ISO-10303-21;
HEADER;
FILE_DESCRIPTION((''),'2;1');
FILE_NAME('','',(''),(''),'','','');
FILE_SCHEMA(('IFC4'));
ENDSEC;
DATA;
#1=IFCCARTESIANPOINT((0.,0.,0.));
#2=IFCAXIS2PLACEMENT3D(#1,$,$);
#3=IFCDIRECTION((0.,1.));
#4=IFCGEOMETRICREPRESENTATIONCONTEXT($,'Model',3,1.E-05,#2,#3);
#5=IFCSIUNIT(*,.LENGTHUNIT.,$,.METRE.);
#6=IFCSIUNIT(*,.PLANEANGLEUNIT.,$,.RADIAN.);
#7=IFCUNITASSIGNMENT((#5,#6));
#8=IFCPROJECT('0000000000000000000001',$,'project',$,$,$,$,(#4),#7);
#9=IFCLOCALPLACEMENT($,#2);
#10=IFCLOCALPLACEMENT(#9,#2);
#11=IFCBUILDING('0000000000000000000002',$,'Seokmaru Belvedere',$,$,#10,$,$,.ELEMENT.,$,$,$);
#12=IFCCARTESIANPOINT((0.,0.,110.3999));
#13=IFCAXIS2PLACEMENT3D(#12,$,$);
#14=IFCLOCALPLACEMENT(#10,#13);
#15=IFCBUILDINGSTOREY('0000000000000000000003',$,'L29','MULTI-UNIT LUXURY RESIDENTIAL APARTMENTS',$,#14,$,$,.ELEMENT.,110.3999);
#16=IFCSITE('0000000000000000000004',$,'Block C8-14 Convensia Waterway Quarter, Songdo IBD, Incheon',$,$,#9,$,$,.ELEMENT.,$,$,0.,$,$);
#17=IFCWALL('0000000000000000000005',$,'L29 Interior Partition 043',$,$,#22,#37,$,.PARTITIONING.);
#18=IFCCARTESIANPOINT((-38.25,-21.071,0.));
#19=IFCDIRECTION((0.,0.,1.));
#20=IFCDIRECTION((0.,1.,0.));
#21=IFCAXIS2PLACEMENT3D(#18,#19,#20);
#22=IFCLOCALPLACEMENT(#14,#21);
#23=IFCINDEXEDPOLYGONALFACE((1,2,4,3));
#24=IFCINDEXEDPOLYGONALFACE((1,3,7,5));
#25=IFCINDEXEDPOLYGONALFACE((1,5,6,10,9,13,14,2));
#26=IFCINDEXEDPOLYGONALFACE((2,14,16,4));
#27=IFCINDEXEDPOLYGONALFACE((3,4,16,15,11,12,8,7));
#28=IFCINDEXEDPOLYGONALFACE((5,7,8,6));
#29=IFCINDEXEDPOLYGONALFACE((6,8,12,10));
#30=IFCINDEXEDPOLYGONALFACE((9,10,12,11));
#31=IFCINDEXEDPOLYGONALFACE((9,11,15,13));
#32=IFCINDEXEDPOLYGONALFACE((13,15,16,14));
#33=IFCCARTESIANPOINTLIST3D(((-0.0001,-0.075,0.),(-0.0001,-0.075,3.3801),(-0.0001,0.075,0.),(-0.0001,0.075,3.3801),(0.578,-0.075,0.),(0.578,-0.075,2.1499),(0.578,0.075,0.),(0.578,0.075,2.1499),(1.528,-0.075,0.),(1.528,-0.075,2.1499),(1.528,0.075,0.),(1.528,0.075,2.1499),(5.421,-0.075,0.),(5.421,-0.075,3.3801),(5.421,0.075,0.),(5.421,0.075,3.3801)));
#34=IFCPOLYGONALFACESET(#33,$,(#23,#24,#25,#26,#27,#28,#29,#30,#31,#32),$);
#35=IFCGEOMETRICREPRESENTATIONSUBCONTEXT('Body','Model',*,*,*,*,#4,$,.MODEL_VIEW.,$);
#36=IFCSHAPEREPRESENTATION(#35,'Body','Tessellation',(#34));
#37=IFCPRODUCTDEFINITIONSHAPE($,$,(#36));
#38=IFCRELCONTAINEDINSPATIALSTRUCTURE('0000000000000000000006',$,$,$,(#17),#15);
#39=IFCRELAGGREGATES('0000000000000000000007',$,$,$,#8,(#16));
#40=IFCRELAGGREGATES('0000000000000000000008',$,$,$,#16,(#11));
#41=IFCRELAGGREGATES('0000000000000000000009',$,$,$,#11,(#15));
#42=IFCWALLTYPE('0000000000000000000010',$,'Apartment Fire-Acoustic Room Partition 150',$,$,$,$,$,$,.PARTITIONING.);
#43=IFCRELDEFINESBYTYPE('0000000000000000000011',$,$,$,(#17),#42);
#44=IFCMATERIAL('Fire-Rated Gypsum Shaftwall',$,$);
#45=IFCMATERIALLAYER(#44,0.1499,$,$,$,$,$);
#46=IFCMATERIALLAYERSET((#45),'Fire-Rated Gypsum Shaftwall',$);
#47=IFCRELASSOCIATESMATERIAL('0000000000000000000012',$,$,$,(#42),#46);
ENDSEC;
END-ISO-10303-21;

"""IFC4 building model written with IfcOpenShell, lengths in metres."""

from ifc_helpers import new_model, si_unit, direction, frame, frame_2d, origin, place, context, subcontext, project, spatial, rectangle, extrude, material, layer, layer_set, type_object, element, save


model = new_model("IFC4")

# Units and contexts
model_context = context("Model", 3, precision=1e-05, world=origin(), true_north=direction((0.0, 1.0)))
body_context = subcontext(model_context, "Body", "Model", "MODEL_VIEW")
ifc_project = project(units=[si_unit("LENGTHUNIT", "METRE"), si_unit("PLANEANGLEUNIT", "RADIAN")], contexts=[model_context])

# Site, building, storey
site_placement = place(None, origin())
site = spatial("IfcSite", under=ifc_project, at=site_placement, Name="Block C8-14 Convensia Waterway Quarter, Songdo IBD, Incheon", CompositionType="ELEMENT", RefElevation=0.0)
building_placement = place(site_placement, origin())
building = spatial("IfcBuilding", under=site, at=building_placement, Name="Seokmaru Belvedere", CompositionType="ELEMENT")
storey_placement = place(building_placement, frame((0.0, 0.0, 110.3999)))
storey = spatial("IfcBuildingStorey", under=building, at=storey_placement, Name="L29", Description="MULTI-UNIT LUXURY RESIDENTIAL APARTMENTS", CompositionType="ELEMENT", Elevation=110.3999)

# Wall, opening
ifc_material_1 = material(Name="Fire-Rated Gypsum Shaftwall")
ifc_layer_1 = layer(ifc_material_1, 0.1499)
ifc_layer_set_1 = layer_set([ifc_layer_1], Name="Fire-Rated Gypsum Shaftwall")
wall_type_1 = type_object("IfcWallType", Name="Apartment Fire-Acoustic Room Partition 150", PredefinedType="PARTITIONING", material=ifc_layer_set_1)
wall_1_placement = place(storey_placement, frame((-38.25, -21.071, 0.0), z_axis=(0.0, 0.0, 1.0), x_axis=(0.0, 1.0, 0.0)))
wall_1 = element("IfcWall", 1, at=wall_1_placement, inside=storey, type_object=wall_type_1, Name="L29 Interior Partition 043", PredefinedType="PARTITIONING", context=body_context, shape_type="SweptSolid", body=[
    extrude(rectangle(XDim=5.4211, YDim=0.1499, at=frame_2d((2.7104, 0.0))), origin(), (0.0, 0.0, 1.0), 3.3801),
])
opening_1_placement = place(wall_1_placement, frame((0.5779, 0.0, 0.0)))
element("IfcOpeningElement", 2, at=opening_1_placement, cuts=wall_1, PredefinedType="OPENING", context=body_context, shape_type="SweptSolid", body=[
    extrude(rectangle(XDim=0.95, YDim=2.1499, at=frame_2d((0.4751, 1.075))), frame((0.0, 0.085, 0.0), z_axis=(0.0, -1.0, 0.0), x_axis=(1.0, 0.0, 0.0)), (0.0, 0.0, 1.0), 0.1699),
])

save(model, "model.ifc")
